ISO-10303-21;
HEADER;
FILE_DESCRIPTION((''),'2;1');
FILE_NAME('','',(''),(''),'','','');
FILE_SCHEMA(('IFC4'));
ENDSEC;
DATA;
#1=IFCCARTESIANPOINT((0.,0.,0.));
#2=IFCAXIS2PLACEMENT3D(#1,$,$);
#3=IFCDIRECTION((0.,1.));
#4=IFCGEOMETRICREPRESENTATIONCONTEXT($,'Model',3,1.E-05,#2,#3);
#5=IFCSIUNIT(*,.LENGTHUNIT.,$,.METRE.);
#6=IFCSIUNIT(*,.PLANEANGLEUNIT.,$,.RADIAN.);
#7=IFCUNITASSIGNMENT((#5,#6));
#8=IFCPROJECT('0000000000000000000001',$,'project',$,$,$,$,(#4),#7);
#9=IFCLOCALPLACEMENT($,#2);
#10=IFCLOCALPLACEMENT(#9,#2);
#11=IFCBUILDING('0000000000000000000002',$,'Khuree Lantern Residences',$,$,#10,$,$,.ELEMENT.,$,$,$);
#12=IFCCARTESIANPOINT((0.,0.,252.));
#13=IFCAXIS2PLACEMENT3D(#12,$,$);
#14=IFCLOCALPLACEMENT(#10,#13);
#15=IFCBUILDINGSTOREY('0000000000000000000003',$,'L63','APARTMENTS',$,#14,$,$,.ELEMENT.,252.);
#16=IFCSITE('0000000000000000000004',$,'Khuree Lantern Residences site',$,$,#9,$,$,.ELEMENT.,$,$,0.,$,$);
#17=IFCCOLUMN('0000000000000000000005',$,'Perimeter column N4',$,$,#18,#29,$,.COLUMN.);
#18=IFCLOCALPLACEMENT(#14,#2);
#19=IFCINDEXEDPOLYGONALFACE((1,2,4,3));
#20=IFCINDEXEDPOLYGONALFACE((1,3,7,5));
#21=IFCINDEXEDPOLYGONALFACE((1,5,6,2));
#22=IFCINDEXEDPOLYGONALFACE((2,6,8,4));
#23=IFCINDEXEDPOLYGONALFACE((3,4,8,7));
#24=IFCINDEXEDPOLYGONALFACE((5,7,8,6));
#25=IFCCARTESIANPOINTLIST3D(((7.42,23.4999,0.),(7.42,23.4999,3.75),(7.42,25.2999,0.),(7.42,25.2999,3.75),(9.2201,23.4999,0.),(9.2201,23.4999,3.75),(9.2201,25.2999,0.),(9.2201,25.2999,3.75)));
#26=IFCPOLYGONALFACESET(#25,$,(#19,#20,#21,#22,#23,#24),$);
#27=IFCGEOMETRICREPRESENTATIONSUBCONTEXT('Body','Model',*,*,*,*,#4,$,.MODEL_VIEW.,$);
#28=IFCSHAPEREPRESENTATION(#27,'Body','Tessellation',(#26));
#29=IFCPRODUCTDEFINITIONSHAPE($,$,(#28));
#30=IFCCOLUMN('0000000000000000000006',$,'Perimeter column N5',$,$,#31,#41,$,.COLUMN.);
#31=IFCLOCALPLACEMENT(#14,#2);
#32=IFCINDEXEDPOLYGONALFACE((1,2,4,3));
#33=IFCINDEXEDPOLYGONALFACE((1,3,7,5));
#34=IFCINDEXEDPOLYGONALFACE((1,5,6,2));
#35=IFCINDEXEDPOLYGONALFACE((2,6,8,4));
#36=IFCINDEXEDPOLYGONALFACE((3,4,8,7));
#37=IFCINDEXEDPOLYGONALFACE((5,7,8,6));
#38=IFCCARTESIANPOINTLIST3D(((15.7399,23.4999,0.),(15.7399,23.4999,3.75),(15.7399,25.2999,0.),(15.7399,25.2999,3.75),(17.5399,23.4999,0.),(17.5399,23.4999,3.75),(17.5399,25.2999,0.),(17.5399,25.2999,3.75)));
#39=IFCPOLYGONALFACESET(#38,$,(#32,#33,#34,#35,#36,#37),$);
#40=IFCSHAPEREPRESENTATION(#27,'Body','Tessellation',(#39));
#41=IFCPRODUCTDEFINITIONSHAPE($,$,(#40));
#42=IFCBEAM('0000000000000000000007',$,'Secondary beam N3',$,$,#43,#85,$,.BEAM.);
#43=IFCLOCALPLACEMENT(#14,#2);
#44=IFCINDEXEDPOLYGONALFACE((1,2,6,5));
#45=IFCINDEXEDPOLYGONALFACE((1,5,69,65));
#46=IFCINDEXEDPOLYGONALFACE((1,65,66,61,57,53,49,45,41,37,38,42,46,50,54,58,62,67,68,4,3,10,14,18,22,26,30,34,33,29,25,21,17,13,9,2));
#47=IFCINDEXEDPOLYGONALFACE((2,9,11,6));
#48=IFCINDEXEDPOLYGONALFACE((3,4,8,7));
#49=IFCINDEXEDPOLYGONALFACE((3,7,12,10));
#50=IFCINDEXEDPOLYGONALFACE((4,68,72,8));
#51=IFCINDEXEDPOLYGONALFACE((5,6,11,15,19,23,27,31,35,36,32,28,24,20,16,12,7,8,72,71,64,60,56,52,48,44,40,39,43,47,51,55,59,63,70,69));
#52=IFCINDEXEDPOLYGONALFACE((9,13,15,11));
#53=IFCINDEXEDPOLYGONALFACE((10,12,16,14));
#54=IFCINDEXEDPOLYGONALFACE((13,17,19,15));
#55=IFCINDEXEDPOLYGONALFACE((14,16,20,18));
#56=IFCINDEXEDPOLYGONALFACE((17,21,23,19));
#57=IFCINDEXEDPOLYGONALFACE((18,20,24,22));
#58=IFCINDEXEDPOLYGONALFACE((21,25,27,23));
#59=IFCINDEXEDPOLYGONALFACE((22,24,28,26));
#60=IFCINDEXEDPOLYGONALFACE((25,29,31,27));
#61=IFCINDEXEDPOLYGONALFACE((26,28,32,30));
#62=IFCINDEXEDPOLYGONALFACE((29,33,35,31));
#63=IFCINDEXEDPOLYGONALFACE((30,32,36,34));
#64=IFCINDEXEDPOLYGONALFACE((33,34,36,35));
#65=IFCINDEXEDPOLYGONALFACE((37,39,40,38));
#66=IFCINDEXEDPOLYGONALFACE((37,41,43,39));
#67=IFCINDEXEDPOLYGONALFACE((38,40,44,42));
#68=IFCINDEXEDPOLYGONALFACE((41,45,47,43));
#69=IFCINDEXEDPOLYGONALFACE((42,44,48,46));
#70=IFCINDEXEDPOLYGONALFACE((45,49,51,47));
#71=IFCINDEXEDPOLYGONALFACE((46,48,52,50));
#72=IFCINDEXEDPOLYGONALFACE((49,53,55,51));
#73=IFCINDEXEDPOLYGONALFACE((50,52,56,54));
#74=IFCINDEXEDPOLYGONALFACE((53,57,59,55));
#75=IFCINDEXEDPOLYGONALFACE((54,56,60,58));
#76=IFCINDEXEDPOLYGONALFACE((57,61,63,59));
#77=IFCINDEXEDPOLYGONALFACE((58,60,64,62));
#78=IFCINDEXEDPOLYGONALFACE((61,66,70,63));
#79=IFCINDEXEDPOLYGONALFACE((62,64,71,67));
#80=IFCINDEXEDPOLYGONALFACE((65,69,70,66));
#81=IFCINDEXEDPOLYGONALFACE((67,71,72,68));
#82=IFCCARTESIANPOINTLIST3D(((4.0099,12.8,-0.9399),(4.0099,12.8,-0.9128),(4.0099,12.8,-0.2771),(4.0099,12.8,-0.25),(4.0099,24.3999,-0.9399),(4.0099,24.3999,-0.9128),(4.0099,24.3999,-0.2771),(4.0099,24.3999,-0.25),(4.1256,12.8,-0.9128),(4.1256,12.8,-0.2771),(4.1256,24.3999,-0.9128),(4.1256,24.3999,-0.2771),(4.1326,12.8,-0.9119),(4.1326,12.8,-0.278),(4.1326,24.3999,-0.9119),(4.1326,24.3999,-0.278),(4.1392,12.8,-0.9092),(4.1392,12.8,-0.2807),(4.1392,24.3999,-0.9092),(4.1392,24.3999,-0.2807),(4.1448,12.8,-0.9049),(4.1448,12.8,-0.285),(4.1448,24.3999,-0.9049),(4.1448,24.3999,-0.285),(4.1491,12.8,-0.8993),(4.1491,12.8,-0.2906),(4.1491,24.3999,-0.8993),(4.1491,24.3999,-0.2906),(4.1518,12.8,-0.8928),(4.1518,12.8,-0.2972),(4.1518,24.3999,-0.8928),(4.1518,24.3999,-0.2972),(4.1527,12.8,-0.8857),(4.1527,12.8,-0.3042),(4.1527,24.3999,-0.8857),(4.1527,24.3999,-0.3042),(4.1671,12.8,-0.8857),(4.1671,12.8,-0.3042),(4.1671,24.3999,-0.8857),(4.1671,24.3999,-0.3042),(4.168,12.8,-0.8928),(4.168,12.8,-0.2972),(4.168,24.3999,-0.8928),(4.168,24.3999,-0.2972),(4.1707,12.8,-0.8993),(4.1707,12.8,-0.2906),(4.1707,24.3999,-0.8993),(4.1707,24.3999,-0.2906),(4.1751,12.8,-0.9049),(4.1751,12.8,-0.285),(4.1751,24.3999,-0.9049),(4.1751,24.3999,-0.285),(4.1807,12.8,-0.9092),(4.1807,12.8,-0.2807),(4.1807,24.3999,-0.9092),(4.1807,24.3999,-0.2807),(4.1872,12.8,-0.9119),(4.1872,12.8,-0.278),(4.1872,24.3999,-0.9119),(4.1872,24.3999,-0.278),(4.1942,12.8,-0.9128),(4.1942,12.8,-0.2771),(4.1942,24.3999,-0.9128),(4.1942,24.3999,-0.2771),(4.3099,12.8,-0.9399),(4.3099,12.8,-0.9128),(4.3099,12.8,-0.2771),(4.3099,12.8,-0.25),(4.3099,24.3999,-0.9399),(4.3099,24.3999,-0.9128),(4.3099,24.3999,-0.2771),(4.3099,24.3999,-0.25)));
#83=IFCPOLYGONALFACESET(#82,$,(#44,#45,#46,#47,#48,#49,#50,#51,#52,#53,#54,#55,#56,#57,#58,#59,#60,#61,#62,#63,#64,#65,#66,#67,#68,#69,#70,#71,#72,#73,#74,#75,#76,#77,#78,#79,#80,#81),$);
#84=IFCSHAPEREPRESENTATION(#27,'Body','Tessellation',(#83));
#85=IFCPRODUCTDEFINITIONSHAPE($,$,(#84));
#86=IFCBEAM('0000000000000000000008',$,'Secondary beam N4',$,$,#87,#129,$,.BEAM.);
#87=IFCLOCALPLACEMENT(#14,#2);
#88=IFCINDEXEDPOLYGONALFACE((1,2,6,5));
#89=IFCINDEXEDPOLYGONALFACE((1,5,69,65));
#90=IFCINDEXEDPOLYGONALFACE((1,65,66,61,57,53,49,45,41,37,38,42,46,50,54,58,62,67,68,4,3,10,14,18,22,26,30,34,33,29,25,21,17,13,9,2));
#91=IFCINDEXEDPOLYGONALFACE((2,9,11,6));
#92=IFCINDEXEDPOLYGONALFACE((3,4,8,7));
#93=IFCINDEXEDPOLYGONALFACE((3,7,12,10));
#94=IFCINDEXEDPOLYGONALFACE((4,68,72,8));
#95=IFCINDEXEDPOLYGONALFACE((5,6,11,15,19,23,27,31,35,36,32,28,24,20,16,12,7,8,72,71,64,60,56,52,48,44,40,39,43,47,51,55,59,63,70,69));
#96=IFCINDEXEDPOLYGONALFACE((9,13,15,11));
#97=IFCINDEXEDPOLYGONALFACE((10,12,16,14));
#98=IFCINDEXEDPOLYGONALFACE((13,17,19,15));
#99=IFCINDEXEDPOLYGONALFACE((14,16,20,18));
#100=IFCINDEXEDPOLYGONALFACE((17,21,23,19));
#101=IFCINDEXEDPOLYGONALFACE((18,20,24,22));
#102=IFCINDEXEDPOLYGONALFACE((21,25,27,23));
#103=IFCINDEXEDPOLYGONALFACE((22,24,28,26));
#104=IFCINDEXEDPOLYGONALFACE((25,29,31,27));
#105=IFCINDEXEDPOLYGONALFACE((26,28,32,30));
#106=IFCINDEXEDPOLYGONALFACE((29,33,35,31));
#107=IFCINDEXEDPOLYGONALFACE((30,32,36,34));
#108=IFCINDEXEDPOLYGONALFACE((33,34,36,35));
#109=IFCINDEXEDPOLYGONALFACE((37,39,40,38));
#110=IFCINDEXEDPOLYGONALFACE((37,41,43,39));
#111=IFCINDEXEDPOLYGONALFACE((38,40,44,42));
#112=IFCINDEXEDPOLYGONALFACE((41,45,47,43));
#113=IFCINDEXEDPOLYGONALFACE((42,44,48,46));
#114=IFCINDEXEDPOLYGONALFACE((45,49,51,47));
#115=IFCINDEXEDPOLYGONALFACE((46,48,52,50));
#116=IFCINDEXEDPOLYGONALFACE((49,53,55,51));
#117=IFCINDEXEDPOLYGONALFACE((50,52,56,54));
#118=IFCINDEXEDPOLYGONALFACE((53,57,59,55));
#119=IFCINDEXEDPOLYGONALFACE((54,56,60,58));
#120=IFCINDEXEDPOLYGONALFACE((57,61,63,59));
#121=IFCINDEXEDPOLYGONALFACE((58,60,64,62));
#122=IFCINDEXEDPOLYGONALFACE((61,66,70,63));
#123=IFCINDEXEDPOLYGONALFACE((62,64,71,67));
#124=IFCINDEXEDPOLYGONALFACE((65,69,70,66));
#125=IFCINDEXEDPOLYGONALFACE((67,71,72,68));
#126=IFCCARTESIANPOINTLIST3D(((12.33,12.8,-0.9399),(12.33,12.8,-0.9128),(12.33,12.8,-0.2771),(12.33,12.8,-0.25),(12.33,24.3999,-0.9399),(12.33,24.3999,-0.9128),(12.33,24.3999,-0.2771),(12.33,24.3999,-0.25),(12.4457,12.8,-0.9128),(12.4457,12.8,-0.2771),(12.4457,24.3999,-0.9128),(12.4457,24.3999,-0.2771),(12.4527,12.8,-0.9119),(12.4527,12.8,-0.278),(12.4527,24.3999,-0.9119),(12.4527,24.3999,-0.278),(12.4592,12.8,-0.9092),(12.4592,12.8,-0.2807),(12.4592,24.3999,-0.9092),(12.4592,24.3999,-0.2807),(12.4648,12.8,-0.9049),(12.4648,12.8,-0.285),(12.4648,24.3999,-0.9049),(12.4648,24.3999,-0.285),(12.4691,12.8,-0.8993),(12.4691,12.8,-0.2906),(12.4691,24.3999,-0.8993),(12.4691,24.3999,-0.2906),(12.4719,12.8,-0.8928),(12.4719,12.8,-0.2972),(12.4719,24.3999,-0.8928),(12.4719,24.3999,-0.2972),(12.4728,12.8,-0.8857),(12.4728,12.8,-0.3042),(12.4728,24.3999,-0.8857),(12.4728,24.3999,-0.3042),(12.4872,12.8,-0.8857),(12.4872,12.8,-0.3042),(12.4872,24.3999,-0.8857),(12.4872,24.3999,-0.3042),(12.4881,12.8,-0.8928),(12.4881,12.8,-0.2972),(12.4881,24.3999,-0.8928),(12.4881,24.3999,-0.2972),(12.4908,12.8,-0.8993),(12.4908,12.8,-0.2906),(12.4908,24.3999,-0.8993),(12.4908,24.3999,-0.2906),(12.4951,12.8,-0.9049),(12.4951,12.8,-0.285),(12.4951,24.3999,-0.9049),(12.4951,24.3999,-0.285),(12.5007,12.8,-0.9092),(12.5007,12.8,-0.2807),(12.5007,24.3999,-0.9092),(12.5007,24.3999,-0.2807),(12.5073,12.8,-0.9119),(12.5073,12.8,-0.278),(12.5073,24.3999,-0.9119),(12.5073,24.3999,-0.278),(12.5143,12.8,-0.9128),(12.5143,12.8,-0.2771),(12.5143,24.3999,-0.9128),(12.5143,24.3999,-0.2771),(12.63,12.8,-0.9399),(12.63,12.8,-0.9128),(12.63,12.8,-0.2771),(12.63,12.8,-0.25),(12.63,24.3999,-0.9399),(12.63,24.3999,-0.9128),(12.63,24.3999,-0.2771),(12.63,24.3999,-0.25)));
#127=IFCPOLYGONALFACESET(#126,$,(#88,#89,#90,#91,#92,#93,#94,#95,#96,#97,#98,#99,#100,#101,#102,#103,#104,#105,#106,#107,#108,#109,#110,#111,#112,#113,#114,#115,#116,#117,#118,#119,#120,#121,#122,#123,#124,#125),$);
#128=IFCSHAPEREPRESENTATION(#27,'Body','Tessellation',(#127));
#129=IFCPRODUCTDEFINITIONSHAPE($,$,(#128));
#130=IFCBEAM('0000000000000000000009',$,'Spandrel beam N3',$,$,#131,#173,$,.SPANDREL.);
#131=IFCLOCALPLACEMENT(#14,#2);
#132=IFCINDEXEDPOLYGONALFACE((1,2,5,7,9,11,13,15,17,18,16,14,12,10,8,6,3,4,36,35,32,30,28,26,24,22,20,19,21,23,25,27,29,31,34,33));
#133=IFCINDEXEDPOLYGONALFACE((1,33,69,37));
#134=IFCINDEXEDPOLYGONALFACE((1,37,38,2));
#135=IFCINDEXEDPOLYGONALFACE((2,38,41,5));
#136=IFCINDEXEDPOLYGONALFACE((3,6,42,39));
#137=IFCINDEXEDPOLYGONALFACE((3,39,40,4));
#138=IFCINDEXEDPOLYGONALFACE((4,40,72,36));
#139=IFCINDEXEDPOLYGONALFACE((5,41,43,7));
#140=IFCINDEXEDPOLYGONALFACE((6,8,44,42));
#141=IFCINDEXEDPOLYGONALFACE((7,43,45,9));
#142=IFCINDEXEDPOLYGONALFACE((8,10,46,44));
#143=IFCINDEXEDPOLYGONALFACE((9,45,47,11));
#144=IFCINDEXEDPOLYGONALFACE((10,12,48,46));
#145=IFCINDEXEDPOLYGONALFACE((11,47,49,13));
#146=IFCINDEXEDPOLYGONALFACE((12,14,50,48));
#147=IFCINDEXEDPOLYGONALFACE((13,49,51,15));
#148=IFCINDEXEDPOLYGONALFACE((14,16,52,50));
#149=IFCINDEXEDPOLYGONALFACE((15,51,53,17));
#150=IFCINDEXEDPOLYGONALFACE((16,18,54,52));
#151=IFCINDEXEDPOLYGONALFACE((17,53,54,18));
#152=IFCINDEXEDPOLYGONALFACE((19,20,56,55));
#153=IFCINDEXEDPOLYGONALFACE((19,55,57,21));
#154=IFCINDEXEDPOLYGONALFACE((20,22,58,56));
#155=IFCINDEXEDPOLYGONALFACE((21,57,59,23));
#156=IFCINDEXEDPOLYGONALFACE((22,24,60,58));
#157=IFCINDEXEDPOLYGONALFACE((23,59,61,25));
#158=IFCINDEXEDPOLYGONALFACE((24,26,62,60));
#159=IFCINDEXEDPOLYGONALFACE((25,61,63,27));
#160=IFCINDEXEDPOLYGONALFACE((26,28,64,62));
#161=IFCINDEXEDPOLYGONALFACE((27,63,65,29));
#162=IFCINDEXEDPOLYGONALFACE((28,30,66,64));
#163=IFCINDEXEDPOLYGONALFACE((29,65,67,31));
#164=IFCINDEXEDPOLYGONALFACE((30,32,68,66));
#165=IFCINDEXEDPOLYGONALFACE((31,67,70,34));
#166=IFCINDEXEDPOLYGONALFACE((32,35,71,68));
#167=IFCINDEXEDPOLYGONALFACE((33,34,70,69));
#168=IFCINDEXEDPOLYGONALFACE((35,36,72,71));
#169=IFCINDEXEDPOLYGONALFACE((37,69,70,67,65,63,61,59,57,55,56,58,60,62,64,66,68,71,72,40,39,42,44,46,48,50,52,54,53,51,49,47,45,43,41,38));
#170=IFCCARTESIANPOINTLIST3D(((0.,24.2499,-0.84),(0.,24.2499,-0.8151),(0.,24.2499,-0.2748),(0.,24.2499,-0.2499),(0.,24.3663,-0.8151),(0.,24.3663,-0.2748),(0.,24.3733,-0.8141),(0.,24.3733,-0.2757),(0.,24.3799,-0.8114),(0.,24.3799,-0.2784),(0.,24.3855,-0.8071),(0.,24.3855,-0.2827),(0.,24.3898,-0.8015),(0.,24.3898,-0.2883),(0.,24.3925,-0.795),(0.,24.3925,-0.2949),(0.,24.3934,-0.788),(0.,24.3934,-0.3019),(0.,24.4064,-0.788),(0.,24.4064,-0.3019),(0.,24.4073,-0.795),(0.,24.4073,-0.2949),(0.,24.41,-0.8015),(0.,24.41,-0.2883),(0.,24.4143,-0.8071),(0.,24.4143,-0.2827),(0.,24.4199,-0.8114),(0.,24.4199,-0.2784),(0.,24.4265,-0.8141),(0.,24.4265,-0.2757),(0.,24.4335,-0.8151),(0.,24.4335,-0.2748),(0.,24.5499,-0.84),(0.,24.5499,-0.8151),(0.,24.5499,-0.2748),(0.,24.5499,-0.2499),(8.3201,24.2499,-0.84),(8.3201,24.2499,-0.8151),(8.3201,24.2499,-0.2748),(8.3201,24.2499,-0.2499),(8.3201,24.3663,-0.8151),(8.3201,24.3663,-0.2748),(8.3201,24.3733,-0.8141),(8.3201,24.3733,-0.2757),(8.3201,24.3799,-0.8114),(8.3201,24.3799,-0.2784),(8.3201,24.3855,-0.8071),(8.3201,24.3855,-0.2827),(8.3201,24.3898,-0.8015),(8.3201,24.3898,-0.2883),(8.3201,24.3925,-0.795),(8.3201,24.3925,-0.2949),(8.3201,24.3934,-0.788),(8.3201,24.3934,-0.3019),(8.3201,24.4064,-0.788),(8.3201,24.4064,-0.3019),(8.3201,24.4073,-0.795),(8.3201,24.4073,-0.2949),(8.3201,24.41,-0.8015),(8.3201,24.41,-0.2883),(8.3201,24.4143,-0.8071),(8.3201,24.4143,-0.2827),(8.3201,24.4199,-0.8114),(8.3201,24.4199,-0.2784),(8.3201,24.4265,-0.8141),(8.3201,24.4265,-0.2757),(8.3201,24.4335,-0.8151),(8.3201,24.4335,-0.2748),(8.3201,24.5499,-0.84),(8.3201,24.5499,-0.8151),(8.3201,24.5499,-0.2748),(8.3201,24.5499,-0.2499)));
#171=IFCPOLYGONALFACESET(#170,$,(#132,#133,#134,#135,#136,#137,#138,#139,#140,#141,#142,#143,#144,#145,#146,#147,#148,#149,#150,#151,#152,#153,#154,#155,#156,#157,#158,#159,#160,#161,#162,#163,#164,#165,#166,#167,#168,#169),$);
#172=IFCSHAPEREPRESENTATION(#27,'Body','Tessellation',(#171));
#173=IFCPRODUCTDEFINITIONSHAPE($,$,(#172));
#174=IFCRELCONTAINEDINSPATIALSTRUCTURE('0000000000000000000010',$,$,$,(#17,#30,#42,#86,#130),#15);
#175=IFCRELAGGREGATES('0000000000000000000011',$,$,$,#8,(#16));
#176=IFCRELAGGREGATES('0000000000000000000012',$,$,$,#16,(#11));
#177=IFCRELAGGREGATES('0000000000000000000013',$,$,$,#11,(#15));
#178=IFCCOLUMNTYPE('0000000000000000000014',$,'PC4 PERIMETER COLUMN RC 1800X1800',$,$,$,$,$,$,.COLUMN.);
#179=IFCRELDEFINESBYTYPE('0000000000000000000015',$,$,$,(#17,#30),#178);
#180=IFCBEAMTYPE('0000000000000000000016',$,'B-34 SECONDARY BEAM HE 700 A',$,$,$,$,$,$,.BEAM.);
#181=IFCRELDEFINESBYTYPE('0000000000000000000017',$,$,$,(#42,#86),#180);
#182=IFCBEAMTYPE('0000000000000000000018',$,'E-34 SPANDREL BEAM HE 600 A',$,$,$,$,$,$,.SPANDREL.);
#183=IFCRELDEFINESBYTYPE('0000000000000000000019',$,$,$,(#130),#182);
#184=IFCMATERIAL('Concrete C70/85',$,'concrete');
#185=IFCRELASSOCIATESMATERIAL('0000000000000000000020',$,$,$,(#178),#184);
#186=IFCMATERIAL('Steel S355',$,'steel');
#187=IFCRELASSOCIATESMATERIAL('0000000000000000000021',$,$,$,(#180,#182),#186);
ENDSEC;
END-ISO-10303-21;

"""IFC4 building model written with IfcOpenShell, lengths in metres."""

from ifc_helpers import new_model, si_unit, direction, frame, origin, origin_2d, place, context, subcontext, project, spatial, rectangle, i_section, extrude, material, material_profile, profile_set, type_object, element, save


model = new_model("IFC4")

# Units and contexts
model_context = context("Model", 3, precision=1e-05, world=origin(), true_north=direction((0.0, 1.0)))
body_context = subcontext(model_context, "Body", "Model", "MODEL_VIEW")
ifc_project = project(units=[si_unit("LENGTHUNIT", "METRE"), si_unit("PLANEANGLEUNIT", "RADIAN")], contexts=[model_context])

# Site, building, storey
site_placement = place(None, origin())
site = spatial("IfcSite", under=ifc_project, at=site_placement, Name="Khuree Lantern Residences site", CompositionType="ELEMENT", RefElevation=0.0)
building_placement = place(site_placement, origin())
building = spatial("IfcBuilding", under=site, at=building_placement, Name="Khuree Lantern Residences", CompositionType="ELEMENT")
storey_placement = place(building_placement, frame((0.0, 0.0, 252.0)))
storey = spatial("IfcBuildingStorey", under=building, at=storey_placement, Name="L63", Description="APARTMENTS", CompositionType="ELEMENT", Elevation=252.0)

# Columns
ifc_material_1 = material(Name="Concrete C70/85", Category="concrete")
ifc_material_profile_1 = material_profile(ifc_material_1, rectangle(XDim=1.8, YDim=1.8, at=origin_2d()), Name="RC 1800X1800")
ifc_profile_set_1 = profile_set([ifc_material_profile_1], Name="Concrete C70/85")
column_type = type_object("IfcColumnType", Name="PC4 PERIMETER COLUMN RC 1800X1800", PredefinedType="COLUMN", material=ifc_profile_set_1)
for number, where, z_axis, x_axis, name in (
    (1, (8.3201, 24.3999, 0.0), (0.0, 0.0, 1.0), (1.0, 0.0, 0.0), "Perimeter column N4"),
    (2, (16.6399, 24.3999, 0.0), (0.0, 0.0, 1.0), (1.0, 0.0, 0.0), "Perimeter column N5"),
):
    element("IfcColumn", number, at=place(storey_placement, frame(where, z_axis=z_axis, x_axis=x_axis)), inside=storey, type_object=column_type, Name=name, PredefinedType="COLUMN", context=body_context, shape_type="SweptSolid", body=[
        extrude(rectangle(XDim=1.8, YDim=1.8, at=origin_2d()), origin(), (0.0, 0.0, 1.0), 3.75),
    ])

# Beams
ifc_material_2 = material(Name="Steel S355", Category="steel")
ifc_material_profile_2 = material_profile(ifc_material_2, i_section(OverallWidth=0.3, OverallDepth=0.6899, WebThickness=0.0144, FlangeThickness=0.0271, FilletRadius=0.0271, at=origin_2d()), Name="HE 700 A")
ifc_profile_set_2 = profile_set([ifc_material_profile_2], Name="Steel S355")
beam_type_1 = type_object("IfcBeamType", Name="B-34 SECONDARY BEAM HE 700 A", PredefinedType="BEAM", material=ifc_profile_set_2)
for number, where, z_axis, x_axis, name in (
    (3, (4.1599, 24.3999, -0.595), (0.0, -1.0, 0.0), (1.0, 0.0, 0.0), "Secondary beam N3"),
    (4, (12.48, 24.3999, -0.595), (0.0, -1.0, 0.0), (1.0, 0.0, 0.0), "Secondary beam N4"),
):
    element("IfcBeam", number, at=place(storey_placement, frame(where, z_axis=z_axis, x_axis=x_axis)), inside=storey, type_object=beam_type_1, Name=name, PredefinedType="BEAM", context=body_context, shape_type="SweptSolid", body=[
        extrude(i_section(OverallWidth=0.3, OverallDepth=0.6899, WebThickness=0.0144, FlangeThickness=0.0271, FilletRadius=0.0271, at=origin_2d()), origin(), (0.0, 0.0, 1.0), 11.5999),
    ])
ifc_material_profile_3 = material_profile(ifc_material_2, i_section(OverallWidth=0.3, OverallDepth=0.5901, WebThickness=0.0129, FlangeThickness=0.0249, FilletRadius=0.0271, at=origin_2d()), Name="HE 600 A")
ifc_profile_set_3 = profile_set([ifc_material_profile_3], Name="Steel S355")
beam_type_2 = type_object("IfcBeamType", Name="E-34 SPANDREL BEAM HE 600 A", PredefinedType="SPANDREL", material=ifc_profile_set_3)
beam_1_placement = place(storey_placement, frame((0.0, 24.3999, -0.5449), z_axis=(1.0, 0.0, 0.0), x_axis=(0.0, 1.0, 0.0)))
element("IfcBeam", 5, at=beam_1_placement, inside=storey, type_object=beam_type_2, Name="Spandrel beam N3", PredefinedType="SPANDREL", context=body_context, shape_type="SweptSolid", body=[
    extrude(i_section(OverallWidth=0.3, OverallDepth=0.5901, WebThickness=0.0129, FlangeThickness=0.0249, FilletRadius=0.0271, at=origin_2d()), origin(), (0.0, 0.0, 1.0), 8.3201),
])

save(model, "model.ifc")
